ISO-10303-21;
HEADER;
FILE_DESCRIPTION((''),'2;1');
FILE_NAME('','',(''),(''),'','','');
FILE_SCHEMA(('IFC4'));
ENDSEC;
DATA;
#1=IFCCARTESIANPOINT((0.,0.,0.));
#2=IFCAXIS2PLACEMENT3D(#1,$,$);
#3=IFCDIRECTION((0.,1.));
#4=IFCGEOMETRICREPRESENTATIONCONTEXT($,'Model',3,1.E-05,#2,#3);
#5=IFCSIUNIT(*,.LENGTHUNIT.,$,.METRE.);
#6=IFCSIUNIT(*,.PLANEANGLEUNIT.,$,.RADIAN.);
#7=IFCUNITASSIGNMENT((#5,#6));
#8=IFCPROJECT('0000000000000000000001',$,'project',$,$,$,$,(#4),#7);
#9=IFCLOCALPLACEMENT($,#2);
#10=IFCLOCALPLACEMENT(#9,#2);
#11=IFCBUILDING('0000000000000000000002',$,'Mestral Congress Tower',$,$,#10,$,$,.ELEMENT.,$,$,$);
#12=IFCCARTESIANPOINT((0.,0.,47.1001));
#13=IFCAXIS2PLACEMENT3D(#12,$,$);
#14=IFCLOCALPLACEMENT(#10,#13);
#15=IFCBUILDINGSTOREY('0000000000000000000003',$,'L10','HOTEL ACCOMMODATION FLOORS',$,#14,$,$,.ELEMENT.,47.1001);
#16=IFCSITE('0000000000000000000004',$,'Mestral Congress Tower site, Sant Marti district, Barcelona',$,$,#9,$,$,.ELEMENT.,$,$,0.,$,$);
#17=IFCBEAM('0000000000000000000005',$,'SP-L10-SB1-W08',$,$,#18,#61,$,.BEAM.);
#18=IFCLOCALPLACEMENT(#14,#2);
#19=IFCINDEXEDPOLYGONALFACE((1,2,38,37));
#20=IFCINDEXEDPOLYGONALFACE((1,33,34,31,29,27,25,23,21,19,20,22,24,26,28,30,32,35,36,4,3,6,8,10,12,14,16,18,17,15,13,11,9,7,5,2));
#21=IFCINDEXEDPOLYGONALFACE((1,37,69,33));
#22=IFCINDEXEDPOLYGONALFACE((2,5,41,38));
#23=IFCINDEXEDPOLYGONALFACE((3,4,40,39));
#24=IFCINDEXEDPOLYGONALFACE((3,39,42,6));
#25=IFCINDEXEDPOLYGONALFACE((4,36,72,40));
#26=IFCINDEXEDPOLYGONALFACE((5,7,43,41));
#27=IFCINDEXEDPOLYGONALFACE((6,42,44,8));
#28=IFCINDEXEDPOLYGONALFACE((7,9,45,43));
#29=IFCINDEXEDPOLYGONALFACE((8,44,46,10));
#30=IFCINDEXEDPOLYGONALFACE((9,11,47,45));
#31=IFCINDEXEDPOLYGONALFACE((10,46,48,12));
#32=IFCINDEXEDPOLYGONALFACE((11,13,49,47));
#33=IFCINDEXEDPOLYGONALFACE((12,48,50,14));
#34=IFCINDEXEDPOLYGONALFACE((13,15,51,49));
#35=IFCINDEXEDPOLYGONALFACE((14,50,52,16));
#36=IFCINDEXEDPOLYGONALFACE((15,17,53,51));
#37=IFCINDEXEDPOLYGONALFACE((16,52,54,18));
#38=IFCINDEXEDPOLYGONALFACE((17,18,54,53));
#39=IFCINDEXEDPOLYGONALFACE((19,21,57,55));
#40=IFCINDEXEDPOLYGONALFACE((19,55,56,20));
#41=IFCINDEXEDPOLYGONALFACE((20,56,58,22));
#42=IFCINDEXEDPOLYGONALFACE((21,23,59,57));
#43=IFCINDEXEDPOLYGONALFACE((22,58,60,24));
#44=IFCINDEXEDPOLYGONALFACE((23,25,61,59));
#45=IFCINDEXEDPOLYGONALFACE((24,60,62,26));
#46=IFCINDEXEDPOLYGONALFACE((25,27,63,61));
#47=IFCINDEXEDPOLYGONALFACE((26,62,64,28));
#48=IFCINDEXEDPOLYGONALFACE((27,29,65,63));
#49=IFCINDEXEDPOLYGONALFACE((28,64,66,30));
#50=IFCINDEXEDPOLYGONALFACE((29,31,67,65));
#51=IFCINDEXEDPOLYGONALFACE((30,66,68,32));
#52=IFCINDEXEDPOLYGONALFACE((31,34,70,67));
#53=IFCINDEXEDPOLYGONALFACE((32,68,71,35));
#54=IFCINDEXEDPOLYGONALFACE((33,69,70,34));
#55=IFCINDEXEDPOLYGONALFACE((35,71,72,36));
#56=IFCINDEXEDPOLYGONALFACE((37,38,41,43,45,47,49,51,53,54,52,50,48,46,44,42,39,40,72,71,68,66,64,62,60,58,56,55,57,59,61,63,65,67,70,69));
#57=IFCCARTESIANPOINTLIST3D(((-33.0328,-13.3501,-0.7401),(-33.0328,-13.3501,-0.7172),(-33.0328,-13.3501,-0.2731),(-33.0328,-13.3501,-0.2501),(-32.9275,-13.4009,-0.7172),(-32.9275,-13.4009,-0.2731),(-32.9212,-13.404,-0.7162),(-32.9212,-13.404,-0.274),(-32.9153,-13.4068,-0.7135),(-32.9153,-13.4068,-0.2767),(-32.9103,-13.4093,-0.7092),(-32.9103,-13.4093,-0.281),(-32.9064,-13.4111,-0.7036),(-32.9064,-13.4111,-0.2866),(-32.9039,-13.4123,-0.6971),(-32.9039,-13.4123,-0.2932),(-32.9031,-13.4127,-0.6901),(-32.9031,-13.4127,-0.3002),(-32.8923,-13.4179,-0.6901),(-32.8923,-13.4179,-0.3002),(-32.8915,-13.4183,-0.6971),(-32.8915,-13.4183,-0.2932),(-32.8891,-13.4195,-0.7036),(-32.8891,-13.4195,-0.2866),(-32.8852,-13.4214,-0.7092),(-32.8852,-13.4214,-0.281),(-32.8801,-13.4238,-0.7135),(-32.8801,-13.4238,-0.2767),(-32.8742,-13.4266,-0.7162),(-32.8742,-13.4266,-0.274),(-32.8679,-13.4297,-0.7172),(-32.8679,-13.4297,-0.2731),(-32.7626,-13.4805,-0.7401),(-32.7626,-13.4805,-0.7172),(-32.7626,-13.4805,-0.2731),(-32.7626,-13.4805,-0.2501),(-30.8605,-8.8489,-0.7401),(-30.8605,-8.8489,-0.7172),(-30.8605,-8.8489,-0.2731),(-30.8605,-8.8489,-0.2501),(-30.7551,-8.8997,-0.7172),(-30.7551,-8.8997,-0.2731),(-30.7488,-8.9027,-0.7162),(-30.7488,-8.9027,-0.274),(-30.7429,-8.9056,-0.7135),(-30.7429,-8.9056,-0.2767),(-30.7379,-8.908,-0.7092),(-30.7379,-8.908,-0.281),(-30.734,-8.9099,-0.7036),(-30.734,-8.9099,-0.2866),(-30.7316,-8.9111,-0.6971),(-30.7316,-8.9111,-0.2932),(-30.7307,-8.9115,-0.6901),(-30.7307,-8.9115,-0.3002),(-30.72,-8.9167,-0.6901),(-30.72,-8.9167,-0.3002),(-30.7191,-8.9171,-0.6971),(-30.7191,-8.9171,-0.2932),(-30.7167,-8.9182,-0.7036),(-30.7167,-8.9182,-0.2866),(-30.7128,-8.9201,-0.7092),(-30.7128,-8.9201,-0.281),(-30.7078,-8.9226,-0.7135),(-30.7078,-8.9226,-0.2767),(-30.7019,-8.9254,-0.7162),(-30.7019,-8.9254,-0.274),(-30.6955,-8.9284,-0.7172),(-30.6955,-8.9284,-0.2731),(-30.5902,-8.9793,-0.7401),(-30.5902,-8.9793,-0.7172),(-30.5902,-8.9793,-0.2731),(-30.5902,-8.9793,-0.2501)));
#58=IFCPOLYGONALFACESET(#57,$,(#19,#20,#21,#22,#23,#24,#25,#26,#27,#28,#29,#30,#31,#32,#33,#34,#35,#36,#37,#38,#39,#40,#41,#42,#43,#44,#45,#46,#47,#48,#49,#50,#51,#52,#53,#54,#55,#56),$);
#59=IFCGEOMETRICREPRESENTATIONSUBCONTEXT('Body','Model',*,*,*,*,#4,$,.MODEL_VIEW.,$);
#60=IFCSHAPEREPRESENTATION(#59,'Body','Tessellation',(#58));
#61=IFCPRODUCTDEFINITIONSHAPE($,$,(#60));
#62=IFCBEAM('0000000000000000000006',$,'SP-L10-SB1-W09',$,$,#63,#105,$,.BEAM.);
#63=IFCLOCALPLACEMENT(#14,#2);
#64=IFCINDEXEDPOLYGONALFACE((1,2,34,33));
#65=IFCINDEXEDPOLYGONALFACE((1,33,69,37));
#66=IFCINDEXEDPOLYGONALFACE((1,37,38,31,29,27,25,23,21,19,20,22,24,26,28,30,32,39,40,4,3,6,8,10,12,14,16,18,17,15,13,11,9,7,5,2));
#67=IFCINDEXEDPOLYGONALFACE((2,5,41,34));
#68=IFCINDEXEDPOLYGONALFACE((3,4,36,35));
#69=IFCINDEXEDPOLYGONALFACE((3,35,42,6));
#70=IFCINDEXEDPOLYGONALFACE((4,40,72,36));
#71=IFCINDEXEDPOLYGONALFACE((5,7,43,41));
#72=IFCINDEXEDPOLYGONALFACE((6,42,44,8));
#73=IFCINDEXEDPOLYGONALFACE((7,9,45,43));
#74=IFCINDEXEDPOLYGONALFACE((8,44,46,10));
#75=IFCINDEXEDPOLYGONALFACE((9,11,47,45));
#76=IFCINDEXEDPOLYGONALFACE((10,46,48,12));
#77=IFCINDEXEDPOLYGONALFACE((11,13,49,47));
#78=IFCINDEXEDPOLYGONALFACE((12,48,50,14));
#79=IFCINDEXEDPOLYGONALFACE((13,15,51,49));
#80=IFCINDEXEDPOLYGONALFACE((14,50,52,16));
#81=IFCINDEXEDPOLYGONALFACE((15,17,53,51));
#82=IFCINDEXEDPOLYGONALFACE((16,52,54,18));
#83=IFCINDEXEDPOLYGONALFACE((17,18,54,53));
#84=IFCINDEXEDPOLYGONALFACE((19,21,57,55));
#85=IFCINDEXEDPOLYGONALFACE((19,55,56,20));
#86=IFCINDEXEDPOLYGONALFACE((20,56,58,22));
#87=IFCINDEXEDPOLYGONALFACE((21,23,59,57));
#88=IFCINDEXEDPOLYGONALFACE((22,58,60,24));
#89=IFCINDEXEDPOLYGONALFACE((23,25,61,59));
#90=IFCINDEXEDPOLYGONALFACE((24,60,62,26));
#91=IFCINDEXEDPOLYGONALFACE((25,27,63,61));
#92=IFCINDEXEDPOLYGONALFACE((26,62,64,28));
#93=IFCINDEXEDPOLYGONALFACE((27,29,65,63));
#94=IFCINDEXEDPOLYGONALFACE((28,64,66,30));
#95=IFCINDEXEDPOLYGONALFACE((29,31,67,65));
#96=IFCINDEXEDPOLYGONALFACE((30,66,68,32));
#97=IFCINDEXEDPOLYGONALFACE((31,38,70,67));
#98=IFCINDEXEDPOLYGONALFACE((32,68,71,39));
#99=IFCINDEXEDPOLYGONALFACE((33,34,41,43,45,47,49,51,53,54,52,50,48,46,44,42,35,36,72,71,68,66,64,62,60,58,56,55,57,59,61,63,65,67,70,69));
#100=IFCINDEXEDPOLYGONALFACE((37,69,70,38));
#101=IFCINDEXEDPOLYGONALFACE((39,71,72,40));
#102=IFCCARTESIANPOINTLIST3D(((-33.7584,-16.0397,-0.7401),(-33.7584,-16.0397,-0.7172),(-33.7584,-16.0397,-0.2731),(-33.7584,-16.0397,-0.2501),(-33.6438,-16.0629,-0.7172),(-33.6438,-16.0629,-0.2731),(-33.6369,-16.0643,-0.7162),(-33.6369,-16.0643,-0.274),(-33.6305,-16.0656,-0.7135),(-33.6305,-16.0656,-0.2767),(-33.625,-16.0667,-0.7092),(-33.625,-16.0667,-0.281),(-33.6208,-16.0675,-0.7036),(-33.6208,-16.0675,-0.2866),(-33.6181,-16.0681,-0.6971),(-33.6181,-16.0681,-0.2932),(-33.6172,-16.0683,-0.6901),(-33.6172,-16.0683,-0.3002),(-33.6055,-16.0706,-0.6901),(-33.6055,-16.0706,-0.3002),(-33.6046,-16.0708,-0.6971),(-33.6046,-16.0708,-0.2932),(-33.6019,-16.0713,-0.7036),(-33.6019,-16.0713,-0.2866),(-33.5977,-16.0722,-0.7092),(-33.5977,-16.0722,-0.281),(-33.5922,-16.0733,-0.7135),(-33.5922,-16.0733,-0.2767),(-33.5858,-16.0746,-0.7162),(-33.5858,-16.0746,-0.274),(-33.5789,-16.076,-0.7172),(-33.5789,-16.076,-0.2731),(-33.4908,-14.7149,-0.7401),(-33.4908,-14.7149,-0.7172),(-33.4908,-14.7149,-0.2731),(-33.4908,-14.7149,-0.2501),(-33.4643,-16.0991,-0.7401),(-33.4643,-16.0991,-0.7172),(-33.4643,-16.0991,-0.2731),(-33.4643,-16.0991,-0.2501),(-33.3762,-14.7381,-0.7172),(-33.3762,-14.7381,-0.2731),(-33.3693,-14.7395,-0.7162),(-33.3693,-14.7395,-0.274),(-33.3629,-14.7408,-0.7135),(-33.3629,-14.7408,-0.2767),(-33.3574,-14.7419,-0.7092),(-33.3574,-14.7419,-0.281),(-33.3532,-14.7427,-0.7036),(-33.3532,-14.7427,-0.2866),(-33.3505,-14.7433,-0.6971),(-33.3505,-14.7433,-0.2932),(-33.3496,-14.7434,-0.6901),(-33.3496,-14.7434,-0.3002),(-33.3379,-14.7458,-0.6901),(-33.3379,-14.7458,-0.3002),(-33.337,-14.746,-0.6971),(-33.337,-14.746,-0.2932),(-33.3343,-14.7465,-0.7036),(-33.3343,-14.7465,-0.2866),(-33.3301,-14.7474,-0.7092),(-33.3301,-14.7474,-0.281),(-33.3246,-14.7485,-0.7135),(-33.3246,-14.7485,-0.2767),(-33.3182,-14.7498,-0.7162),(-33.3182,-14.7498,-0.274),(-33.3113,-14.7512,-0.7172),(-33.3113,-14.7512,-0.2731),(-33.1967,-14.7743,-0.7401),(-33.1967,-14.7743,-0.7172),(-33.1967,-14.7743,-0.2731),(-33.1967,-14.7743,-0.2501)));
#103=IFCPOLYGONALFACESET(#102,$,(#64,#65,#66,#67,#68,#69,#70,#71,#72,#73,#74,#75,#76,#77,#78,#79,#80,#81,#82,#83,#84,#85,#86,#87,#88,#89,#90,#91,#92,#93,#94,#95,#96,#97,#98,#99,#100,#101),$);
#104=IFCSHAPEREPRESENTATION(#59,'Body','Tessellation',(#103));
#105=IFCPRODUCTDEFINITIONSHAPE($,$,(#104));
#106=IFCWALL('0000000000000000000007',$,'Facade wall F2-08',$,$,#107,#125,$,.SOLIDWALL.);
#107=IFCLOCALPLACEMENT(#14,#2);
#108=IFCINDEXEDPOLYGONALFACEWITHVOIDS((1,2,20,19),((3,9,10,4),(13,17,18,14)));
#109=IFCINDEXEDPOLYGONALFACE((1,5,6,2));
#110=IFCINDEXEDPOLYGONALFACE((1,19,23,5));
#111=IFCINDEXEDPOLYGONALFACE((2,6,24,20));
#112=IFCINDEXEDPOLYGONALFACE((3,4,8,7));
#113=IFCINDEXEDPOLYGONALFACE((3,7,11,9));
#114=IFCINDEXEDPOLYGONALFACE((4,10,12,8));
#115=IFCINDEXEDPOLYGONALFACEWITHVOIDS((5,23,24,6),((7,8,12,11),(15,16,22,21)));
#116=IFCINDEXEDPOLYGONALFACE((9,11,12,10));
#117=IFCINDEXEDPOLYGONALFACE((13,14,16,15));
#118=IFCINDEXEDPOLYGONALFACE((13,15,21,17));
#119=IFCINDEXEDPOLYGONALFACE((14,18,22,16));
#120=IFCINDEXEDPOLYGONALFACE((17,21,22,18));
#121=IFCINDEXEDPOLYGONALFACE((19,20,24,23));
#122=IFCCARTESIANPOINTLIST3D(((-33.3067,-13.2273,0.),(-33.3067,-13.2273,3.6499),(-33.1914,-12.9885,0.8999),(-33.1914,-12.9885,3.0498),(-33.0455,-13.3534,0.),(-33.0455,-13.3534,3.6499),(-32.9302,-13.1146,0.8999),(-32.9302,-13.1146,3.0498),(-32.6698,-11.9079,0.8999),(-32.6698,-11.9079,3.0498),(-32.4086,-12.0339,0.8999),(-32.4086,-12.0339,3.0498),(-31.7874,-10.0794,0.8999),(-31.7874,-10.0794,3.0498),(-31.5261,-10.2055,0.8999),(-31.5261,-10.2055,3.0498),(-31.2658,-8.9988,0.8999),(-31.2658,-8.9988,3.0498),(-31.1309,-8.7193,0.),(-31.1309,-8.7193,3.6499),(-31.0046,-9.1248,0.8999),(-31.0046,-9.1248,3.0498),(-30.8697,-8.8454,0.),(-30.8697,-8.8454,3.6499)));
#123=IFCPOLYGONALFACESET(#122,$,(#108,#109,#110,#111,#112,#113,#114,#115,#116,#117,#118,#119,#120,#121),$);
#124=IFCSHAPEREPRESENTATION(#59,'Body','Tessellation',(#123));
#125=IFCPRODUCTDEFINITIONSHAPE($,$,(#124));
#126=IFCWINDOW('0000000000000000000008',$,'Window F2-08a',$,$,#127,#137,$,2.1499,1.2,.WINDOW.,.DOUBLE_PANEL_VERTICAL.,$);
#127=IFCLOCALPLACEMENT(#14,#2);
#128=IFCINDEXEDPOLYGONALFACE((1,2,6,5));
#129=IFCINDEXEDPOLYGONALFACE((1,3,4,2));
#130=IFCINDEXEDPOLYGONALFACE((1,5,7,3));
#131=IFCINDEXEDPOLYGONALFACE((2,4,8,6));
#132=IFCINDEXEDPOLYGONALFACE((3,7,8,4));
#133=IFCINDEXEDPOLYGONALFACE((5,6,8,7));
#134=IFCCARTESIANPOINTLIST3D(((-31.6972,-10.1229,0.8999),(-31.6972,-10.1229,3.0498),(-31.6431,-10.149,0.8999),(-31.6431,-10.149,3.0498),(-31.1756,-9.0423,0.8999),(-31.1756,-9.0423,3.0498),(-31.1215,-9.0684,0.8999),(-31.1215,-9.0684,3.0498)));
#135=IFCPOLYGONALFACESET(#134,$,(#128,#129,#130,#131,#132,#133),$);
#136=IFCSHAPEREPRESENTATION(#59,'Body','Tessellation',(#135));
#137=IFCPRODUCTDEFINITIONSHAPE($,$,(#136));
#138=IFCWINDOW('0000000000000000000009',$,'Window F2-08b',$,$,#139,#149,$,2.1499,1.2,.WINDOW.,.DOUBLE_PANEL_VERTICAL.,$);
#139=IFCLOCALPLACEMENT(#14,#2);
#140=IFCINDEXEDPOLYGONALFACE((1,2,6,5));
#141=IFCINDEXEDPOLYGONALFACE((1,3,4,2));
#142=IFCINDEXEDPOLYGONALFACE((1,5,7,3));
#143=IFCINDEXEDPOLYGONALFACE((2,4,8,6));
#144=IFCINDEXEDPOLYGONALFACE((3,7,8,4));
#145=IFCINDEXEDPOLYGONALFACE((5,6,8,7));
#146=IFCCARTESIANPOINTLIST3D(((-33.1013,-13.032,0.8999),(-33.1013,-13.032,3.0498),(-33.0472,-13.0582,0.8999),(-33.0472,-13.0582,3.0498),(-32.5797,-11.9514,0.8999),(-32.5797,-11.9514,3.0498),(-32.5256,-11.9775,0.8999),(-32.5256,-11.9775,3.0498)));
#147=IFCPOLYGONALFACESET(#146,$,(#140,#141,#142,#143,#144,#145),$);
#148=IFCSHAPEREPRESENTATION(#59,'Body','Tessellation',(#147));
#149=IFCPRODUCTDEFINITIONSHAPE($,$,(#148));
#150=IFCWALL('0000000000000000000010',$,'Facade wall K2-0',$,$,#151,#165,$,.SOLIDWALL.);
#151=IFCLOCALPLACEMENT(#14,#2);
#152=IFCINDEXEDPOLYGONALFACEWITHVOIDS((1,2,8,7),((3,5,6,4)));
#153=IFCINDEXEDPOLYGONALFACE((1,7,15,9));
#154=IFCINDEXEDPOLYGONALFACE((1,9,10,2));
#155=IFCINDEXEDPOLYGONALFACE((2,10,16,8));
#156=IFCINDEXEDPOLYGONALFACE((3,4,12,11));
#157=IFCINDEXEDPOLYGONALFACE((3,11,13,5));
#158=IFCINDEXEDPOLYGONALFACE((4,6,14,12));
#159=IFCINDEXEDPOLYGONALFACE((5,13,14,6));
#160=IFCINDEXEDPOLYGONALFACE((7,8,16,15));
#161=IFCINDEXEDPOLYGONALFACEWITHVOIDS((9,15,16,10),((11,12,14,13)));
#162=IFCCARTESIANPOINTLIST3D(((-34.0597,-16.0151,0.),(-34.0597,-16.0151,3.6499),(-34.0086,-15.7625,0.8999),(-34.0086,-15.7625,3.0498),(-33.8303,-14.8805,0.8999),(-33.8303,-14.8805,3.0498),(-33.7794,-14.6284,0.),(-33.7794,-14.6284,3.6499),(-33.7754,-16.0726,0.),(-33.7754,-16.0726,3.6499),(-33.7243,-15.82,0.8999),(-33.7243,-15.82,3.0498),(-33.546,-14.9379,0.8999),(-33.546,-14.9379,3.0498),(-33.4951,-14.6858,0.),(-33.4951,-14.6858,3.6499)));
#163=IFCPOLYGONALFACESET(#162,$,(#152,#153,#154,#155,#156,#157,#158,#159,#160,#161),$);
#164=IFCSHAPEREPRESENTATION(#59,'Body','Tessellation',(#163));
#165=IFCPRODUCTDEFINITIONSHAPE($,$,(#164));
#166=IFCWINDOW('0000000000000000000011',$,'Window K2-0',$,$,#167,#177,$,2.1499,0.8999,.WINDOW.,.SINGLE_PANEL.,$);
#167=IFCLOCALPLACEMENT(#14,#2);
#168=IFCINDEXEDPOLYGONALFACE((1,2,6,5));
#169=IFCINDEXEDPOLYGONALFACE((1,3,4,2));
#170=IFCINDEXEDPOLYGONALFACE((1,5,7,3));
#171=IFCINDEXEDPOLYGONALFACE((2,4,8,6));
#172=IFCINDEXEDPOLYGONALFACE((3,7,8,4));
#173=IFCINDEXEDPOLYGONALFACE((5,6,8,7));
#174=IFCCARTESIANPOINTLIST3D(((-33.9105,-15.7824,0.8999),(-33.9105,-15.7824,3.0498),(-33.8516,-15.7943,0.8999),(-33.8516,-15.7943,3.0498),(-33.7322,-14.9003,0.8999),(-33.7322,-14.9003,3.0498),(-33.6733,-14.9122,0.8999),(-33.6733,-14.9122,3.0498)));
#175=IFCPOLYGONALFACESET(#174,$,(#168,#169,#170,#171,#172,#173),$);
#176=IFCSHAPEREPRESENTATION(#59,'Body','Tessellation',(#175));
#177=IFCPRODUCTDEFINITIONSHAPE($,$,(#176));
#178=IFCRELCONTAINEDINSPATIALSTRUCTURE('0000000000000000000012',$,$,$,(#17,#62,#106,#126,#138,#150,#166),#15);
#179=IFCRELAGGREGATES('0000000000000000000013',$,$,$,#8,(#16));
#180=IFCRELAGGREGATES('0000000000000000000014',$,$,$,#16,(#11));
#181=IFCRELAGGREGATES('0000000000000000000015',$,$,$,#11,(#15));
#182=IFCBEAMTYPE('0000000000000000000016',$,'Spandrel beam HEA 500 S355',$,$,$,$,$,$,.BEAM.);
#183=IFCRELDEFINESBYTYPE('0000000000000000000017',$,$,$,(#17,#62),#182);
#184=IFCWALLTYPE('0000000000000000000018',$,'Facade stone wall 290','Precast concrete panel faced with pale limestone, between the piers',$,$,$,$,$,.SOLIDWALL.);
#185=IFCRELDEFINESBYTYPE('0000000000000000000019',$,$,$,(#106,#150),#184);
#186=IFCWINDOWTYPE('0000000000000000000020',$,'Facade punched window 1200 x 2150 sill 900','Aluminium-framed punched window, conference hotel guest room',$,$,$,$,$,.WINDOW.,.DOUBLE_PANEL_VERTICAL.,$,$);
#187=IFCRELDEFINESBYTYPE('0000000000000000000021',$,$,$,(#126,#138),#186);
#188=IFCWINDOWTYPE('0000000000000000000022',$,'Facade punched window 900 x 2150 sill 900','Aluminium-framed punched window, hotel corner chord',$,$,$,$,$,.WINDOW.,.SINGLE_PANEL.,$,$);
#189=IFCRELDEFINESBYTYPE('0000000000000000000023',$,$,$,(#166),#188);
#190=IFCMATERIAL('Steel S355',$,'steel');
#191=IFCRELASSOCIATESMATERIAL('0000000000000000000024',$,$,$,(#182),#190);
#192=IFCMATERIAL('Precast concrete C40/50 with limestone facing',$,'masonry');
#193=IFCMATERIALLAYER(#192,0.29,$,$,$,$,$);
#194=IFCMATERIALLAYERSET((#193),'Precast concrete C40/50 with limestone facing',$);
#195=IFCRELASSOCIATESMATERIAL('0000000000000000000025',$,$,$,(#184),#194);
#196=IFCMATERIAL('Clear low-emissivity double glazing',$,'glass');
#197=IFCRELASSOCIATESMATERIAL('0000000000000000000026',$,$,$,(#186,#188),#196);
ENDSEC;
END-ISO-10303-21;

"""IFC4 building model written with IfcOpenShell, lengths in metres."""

from ifc_helpers import new_model, si_unit, direction, frame, frame_2d, origin, origin_2d, place, context, subcontext, project, spatial, rectangle, i_section, extrude, material, layer, layer_set, material_profile, profile_set, type_object, element, fill, save


model = new_model("IFC4")

# Units and contexts
model_context = context("Model", 3, precision=1e-05, world=origin(), true_north=direction((0.0, 1.0)))
body_context = subcontext(model_context, "Body", "Model", "MODEL_VIEW")
ifc_project = project(units=[si_unit("LENGTHUNIT", "METRE"), si_unit("PLANEANGLEUNIT", "RADIAN")], contexts=[model_context])

# Site, building, storey
site_placement = place(None, origin())
site = spatial("IfcSite", under=ifc_project, at=site_placement, Name="Mestral Congress Tower site, Sant Marti district, Barcelona", CompositionType="ELEMENT", RefElevation=0.0)
building_placement = place(site_placement, origin())
building = spatial("IfcBuilding", under=site, at=building_placement, Name="Mestral Congress Tower", CompositionType="ELEMENT")
storey_placement = place(building_placement, frame((0.0, 0.0, 47.1001)))
storey = spatial("IfcBuildingStorey", under=building, at=storey_placement, Name="L10", Description="HOTEL ACCOMMODATION FLOORS", CompositionType="ELEMENT", Elevation=47.1001)

# Beams
ifc_material_1 = material(Name="Steel S355", Category="steel")
ifc_material_profile_1 = material_profile(ifc_material_1, i_section(OverallWidth=0.3, OverallDepth=0.49, WebThickness=0.012, FlangeThickness=0.0229, FilletRadius=0.0271, at=origin_2d()), Name="HEA 500")
ifc_profile_set_1 = profile_set([ifc_material_profile_1], Name="Steel S355")
beam_type_1 = type_object("IfcBeamType", Name="Spandrel beam HEA 500 S355", PredefinedType="BEAM", material=ifc_profile_set_1)
beam_1_placement = place(storey_placement, frame((-30.7253, -8.9141, -0.4951), z_axis=(-0.434645, -0.900602, 0.0), x_axis=(0.900602, -0.434645, 0.0)))
element("IfcBeam", 1, at=beam_1_placement, inside=storey, type_object=beam_type_1, Name="SP-L10-SB1-W08", PredefinedType="BEAM", context=body_context, shape_type="SweptSolid", body=[
    extrude(i_section(OverallWidth=0.3, OverallDepth=0.49, WebThickness=0.012, FlangeThickness=0.0229, FilletRadius=0.0271, at=origin_2d()), origin(), (0.0, 0.0, 1.0), 4.998),
])
beam_2_placement = place(storey_placement, frame((-33.3438, -14.7446, -0.4951), z_axis=(-0.197992, -0.980204, 0.0), x_axis=(0.980204, -0.197992, 0.0)))
element("IfcBeam", 2, at=beam_2_placement, inside=storey, type_object=beam_type_1, Name="SP-L10-SB1-W09", PredefinedType="BEAM", context=body_context, shape_type="SweptSolid", body=[
    extrude(i_section(OverallWidth=0.3, OverallDepth=0.49, WebThickness=0.012, FlangeThickness=0.0229, FilletRadius=0.0271, at=origin_2d()), origin(), (0.0, 0.0, 1.0), 1.3516),
])

# Wall, openings, windows
ifc_material_2 = material(Name="Precast concrete C40/50 with limestone facing", Category="masonry")
ifc_layer_1 = layer(ifc_material_2, 0.29)
ifc_layer_set_1 = layer_set([ifc_layer_1], Name="Precast concrete C40/50 with limestone facing")
wall_type_1 = type_object("IfcWallType", Name="Facade stone wall 290", Description="Precast concrete panel faced with pale limestone, between the piers", PredefinedType="SOLIDWALL", material=ifc_layer_set_1)
wall_1_placement = place(storey_placement, frame((-31.0002, -8.7822, 0.0), z_axis=(0.0, 0.0, 1.0), x_axis=(-0.434664, -0.900592, 0.0)))
wall_1 = element("IfcWall", 3, at=wall_1_placement, inside=storey, type_object=wall_type_1, Name="Facade wall F2-08", PredefinedType="SOLIDWALL", context=body_context, shape_type="SweptSolid", body=[
    extrude(rectangle(XDim=5.0056, YDim=0.29, at=frame_2d((2.5029, 0.0))), origin(), (0.0, 0.0, 1.0), 3.6499),
])
opening_1_placement = place(wall_1_placement, frame((0.3103, 0.0, 0.8999)))
opening_1 = element("IfcOpeningElement", 4, at=opening_1_placement, cuts=wall_1, PredefinedType="OPENING", context=body_context, shape_type="SweptSolid", body=[
    extrude(rectangle(XDim=1.2, YDim=2.1499, at=frame_2d((0.6001, 1.075))), frame((0.0, 0.155, 0.0), z_axis=(0.0, -1.0, 0.0), x_axis=(1.0, 0.0, 0.0)), (0.0, 0.0, 1.0), 0.3101),
])
opening_2_placement = place(wall_1_placement, frame((3.5405, 0.0, 0.8999)))
opening_2 = element("IfcOpeningElement", 5, at=opening_2_placement, cuts=wall_1, PredefinedType="OPENING", context=body_context, shape_type="SweptSolid", body=[
    extrude(rectangle(XDim=1.2, YDim=2.1499, at=frame_2d((0.6001, 1.075))), frame((0.0, 0.155, 0.0), z_axis=(0.0, -1.0, 0.0), x_axis=(1.0, 0.0, 0.0)), (0.0, 0.0, 1.0), 0.3101),
])
ifc_material_3 = material(Name="Clear low-emissivity double glazing", Category="glass")
window_type_1 = type_object("IfcWindowType", Name="Facade punched window 1200 x 2150 sill 900", Description="Aluminium-framed punched window, conference hotel guest room", PartitioningType="DOUBLE_PANEL_VERTICAL", PredefinedType="WINDOW", material=ifc_material_3)
window_1_placement = place(opening_1_placement, origin())
window_1 = element("IfcWindow", 6, at=window_1_placement, inside=storey, type_object=window_type_1, Name="Window F2-08a", OverallHeight=2.1499, OverallWidth=1.2, PartitioningType="DOUBLE_PANEL_VERTICAL", PredefinedType="WINDOW", context=body_context, shape_type="SweptSolid", body=[
    extrude(rectangle(XDim=1.2, YDim=2.1499, at=frame_2d((0.6001, 1.075))), frame((0.0, 0.0151, 0.0), z_axis=(0.0, -1.0, 0.0), x_axis=(1.0, 0.0, 0.0)), (0.0, 0.0, 1.0), 0.0601),
])
fill(opening_1, window_1)
window_2_placement = place(opening_2_placement, origin())
window_2 = element("IfcWindow", 7, at=window_2_placement, inside=storey, type_object=window_type_1, Name="Window F2-08b", OverallHeight=2.1499, OverallWidth=1.2, PartitioningType="DOUBLE_PANEL_VERTICAL", PredefinedType="WINDOW", context=body_context, shape_type="SweptSolid", body=[
    extrude(rectangle(XDim=1.2, YDim=2.1499, at=frame_2d((0.6001, 1.075))), frame((0.0, 0.0151, 0.0), z_axis=(0.0, -1.0, 0.0), x_axis=(1.0, 0.0, 0.0)), (0.0, 0.0, 1.0), 0.0601),
])
fill(opening_2, window_2)

# Wall, opening, window
wall_2_placement = place(storey_placement, frame((-33.6372, -14.657, 0.0), z_axis=(0.0, 0.0, 1.0), x_axis=(-0.198107, -0.98018, 0.0)))
wall_2 = element("IfcWall", 8, at=wall_2_placement, inside=storey, type_object=wall_type_1, Name="Facade wall K2-0", PredefinedType="SOLIDWALL", context=body_context, shape_type="SweptSolid", body=[
    extrude(rectangle(XDim=1.4148, YDim=0.29, at=frame_2d((0.7075, 0.0))), origin(), (0.0, 0.0, 1.0), 3.6499),
])
opening_3_placement = place(wall_2_placement, frame((0.2573, 0.0, 0.8999)))
opening_3 = element("IfcOpeningElement", 9, at=opening_3_placement, cuts=wall_2, PredefinedType="OPENING", context=body_context, shape_type="SweptSolid", body=[
    extrude(rectangle(XDim=0.8999, YDim=2.1499, at=frame_2d((0.45, 1.075))), frame((0.0, 0.155, 0.0), z_axis=(0.0, -1.0, 0.0), x_axis=(1.0, 0.0, 0.0)), (0.0, 0.0, 1.0), 0.3101),
])
window_type_2 = type_object("IfcWindowType", Name="Facade punched window 900 x 2150 sill 900", Description="Aluminium-framed punched window, hotel corner chord", PartitioningType="SINGLE_PANEL", PredefinedType="WINDOW", material=ifc_material_3)
window_3_placement = place(opening_3_placement, origin())
window_3 = element("IfcWindow", 10, at=window_3_placement, inside=storey, type_object=window_type_2, Name="Window K2-0", OverallHeight=2.1499, OverallWidth=0.8999, PartitioningType="SINGLE_PANEL", PredefinedType="WINDOW", context=body_context, shape_type="SweptSolid", body=[
    extrude(rectangle(XDim=0.8999, YDim=2.1499, at=frame_2d((0.45, 1.075))), frame((0.0, 0.0151, 0.0), z_axis=(0.0, -1.0, 0.0), x_axis=(1.0, 0.0, 0.0)), (0.0, 0.0, 1.0), 0.0601),
])
fill(opening_3, window_3)

save(model, "model.ifc")
